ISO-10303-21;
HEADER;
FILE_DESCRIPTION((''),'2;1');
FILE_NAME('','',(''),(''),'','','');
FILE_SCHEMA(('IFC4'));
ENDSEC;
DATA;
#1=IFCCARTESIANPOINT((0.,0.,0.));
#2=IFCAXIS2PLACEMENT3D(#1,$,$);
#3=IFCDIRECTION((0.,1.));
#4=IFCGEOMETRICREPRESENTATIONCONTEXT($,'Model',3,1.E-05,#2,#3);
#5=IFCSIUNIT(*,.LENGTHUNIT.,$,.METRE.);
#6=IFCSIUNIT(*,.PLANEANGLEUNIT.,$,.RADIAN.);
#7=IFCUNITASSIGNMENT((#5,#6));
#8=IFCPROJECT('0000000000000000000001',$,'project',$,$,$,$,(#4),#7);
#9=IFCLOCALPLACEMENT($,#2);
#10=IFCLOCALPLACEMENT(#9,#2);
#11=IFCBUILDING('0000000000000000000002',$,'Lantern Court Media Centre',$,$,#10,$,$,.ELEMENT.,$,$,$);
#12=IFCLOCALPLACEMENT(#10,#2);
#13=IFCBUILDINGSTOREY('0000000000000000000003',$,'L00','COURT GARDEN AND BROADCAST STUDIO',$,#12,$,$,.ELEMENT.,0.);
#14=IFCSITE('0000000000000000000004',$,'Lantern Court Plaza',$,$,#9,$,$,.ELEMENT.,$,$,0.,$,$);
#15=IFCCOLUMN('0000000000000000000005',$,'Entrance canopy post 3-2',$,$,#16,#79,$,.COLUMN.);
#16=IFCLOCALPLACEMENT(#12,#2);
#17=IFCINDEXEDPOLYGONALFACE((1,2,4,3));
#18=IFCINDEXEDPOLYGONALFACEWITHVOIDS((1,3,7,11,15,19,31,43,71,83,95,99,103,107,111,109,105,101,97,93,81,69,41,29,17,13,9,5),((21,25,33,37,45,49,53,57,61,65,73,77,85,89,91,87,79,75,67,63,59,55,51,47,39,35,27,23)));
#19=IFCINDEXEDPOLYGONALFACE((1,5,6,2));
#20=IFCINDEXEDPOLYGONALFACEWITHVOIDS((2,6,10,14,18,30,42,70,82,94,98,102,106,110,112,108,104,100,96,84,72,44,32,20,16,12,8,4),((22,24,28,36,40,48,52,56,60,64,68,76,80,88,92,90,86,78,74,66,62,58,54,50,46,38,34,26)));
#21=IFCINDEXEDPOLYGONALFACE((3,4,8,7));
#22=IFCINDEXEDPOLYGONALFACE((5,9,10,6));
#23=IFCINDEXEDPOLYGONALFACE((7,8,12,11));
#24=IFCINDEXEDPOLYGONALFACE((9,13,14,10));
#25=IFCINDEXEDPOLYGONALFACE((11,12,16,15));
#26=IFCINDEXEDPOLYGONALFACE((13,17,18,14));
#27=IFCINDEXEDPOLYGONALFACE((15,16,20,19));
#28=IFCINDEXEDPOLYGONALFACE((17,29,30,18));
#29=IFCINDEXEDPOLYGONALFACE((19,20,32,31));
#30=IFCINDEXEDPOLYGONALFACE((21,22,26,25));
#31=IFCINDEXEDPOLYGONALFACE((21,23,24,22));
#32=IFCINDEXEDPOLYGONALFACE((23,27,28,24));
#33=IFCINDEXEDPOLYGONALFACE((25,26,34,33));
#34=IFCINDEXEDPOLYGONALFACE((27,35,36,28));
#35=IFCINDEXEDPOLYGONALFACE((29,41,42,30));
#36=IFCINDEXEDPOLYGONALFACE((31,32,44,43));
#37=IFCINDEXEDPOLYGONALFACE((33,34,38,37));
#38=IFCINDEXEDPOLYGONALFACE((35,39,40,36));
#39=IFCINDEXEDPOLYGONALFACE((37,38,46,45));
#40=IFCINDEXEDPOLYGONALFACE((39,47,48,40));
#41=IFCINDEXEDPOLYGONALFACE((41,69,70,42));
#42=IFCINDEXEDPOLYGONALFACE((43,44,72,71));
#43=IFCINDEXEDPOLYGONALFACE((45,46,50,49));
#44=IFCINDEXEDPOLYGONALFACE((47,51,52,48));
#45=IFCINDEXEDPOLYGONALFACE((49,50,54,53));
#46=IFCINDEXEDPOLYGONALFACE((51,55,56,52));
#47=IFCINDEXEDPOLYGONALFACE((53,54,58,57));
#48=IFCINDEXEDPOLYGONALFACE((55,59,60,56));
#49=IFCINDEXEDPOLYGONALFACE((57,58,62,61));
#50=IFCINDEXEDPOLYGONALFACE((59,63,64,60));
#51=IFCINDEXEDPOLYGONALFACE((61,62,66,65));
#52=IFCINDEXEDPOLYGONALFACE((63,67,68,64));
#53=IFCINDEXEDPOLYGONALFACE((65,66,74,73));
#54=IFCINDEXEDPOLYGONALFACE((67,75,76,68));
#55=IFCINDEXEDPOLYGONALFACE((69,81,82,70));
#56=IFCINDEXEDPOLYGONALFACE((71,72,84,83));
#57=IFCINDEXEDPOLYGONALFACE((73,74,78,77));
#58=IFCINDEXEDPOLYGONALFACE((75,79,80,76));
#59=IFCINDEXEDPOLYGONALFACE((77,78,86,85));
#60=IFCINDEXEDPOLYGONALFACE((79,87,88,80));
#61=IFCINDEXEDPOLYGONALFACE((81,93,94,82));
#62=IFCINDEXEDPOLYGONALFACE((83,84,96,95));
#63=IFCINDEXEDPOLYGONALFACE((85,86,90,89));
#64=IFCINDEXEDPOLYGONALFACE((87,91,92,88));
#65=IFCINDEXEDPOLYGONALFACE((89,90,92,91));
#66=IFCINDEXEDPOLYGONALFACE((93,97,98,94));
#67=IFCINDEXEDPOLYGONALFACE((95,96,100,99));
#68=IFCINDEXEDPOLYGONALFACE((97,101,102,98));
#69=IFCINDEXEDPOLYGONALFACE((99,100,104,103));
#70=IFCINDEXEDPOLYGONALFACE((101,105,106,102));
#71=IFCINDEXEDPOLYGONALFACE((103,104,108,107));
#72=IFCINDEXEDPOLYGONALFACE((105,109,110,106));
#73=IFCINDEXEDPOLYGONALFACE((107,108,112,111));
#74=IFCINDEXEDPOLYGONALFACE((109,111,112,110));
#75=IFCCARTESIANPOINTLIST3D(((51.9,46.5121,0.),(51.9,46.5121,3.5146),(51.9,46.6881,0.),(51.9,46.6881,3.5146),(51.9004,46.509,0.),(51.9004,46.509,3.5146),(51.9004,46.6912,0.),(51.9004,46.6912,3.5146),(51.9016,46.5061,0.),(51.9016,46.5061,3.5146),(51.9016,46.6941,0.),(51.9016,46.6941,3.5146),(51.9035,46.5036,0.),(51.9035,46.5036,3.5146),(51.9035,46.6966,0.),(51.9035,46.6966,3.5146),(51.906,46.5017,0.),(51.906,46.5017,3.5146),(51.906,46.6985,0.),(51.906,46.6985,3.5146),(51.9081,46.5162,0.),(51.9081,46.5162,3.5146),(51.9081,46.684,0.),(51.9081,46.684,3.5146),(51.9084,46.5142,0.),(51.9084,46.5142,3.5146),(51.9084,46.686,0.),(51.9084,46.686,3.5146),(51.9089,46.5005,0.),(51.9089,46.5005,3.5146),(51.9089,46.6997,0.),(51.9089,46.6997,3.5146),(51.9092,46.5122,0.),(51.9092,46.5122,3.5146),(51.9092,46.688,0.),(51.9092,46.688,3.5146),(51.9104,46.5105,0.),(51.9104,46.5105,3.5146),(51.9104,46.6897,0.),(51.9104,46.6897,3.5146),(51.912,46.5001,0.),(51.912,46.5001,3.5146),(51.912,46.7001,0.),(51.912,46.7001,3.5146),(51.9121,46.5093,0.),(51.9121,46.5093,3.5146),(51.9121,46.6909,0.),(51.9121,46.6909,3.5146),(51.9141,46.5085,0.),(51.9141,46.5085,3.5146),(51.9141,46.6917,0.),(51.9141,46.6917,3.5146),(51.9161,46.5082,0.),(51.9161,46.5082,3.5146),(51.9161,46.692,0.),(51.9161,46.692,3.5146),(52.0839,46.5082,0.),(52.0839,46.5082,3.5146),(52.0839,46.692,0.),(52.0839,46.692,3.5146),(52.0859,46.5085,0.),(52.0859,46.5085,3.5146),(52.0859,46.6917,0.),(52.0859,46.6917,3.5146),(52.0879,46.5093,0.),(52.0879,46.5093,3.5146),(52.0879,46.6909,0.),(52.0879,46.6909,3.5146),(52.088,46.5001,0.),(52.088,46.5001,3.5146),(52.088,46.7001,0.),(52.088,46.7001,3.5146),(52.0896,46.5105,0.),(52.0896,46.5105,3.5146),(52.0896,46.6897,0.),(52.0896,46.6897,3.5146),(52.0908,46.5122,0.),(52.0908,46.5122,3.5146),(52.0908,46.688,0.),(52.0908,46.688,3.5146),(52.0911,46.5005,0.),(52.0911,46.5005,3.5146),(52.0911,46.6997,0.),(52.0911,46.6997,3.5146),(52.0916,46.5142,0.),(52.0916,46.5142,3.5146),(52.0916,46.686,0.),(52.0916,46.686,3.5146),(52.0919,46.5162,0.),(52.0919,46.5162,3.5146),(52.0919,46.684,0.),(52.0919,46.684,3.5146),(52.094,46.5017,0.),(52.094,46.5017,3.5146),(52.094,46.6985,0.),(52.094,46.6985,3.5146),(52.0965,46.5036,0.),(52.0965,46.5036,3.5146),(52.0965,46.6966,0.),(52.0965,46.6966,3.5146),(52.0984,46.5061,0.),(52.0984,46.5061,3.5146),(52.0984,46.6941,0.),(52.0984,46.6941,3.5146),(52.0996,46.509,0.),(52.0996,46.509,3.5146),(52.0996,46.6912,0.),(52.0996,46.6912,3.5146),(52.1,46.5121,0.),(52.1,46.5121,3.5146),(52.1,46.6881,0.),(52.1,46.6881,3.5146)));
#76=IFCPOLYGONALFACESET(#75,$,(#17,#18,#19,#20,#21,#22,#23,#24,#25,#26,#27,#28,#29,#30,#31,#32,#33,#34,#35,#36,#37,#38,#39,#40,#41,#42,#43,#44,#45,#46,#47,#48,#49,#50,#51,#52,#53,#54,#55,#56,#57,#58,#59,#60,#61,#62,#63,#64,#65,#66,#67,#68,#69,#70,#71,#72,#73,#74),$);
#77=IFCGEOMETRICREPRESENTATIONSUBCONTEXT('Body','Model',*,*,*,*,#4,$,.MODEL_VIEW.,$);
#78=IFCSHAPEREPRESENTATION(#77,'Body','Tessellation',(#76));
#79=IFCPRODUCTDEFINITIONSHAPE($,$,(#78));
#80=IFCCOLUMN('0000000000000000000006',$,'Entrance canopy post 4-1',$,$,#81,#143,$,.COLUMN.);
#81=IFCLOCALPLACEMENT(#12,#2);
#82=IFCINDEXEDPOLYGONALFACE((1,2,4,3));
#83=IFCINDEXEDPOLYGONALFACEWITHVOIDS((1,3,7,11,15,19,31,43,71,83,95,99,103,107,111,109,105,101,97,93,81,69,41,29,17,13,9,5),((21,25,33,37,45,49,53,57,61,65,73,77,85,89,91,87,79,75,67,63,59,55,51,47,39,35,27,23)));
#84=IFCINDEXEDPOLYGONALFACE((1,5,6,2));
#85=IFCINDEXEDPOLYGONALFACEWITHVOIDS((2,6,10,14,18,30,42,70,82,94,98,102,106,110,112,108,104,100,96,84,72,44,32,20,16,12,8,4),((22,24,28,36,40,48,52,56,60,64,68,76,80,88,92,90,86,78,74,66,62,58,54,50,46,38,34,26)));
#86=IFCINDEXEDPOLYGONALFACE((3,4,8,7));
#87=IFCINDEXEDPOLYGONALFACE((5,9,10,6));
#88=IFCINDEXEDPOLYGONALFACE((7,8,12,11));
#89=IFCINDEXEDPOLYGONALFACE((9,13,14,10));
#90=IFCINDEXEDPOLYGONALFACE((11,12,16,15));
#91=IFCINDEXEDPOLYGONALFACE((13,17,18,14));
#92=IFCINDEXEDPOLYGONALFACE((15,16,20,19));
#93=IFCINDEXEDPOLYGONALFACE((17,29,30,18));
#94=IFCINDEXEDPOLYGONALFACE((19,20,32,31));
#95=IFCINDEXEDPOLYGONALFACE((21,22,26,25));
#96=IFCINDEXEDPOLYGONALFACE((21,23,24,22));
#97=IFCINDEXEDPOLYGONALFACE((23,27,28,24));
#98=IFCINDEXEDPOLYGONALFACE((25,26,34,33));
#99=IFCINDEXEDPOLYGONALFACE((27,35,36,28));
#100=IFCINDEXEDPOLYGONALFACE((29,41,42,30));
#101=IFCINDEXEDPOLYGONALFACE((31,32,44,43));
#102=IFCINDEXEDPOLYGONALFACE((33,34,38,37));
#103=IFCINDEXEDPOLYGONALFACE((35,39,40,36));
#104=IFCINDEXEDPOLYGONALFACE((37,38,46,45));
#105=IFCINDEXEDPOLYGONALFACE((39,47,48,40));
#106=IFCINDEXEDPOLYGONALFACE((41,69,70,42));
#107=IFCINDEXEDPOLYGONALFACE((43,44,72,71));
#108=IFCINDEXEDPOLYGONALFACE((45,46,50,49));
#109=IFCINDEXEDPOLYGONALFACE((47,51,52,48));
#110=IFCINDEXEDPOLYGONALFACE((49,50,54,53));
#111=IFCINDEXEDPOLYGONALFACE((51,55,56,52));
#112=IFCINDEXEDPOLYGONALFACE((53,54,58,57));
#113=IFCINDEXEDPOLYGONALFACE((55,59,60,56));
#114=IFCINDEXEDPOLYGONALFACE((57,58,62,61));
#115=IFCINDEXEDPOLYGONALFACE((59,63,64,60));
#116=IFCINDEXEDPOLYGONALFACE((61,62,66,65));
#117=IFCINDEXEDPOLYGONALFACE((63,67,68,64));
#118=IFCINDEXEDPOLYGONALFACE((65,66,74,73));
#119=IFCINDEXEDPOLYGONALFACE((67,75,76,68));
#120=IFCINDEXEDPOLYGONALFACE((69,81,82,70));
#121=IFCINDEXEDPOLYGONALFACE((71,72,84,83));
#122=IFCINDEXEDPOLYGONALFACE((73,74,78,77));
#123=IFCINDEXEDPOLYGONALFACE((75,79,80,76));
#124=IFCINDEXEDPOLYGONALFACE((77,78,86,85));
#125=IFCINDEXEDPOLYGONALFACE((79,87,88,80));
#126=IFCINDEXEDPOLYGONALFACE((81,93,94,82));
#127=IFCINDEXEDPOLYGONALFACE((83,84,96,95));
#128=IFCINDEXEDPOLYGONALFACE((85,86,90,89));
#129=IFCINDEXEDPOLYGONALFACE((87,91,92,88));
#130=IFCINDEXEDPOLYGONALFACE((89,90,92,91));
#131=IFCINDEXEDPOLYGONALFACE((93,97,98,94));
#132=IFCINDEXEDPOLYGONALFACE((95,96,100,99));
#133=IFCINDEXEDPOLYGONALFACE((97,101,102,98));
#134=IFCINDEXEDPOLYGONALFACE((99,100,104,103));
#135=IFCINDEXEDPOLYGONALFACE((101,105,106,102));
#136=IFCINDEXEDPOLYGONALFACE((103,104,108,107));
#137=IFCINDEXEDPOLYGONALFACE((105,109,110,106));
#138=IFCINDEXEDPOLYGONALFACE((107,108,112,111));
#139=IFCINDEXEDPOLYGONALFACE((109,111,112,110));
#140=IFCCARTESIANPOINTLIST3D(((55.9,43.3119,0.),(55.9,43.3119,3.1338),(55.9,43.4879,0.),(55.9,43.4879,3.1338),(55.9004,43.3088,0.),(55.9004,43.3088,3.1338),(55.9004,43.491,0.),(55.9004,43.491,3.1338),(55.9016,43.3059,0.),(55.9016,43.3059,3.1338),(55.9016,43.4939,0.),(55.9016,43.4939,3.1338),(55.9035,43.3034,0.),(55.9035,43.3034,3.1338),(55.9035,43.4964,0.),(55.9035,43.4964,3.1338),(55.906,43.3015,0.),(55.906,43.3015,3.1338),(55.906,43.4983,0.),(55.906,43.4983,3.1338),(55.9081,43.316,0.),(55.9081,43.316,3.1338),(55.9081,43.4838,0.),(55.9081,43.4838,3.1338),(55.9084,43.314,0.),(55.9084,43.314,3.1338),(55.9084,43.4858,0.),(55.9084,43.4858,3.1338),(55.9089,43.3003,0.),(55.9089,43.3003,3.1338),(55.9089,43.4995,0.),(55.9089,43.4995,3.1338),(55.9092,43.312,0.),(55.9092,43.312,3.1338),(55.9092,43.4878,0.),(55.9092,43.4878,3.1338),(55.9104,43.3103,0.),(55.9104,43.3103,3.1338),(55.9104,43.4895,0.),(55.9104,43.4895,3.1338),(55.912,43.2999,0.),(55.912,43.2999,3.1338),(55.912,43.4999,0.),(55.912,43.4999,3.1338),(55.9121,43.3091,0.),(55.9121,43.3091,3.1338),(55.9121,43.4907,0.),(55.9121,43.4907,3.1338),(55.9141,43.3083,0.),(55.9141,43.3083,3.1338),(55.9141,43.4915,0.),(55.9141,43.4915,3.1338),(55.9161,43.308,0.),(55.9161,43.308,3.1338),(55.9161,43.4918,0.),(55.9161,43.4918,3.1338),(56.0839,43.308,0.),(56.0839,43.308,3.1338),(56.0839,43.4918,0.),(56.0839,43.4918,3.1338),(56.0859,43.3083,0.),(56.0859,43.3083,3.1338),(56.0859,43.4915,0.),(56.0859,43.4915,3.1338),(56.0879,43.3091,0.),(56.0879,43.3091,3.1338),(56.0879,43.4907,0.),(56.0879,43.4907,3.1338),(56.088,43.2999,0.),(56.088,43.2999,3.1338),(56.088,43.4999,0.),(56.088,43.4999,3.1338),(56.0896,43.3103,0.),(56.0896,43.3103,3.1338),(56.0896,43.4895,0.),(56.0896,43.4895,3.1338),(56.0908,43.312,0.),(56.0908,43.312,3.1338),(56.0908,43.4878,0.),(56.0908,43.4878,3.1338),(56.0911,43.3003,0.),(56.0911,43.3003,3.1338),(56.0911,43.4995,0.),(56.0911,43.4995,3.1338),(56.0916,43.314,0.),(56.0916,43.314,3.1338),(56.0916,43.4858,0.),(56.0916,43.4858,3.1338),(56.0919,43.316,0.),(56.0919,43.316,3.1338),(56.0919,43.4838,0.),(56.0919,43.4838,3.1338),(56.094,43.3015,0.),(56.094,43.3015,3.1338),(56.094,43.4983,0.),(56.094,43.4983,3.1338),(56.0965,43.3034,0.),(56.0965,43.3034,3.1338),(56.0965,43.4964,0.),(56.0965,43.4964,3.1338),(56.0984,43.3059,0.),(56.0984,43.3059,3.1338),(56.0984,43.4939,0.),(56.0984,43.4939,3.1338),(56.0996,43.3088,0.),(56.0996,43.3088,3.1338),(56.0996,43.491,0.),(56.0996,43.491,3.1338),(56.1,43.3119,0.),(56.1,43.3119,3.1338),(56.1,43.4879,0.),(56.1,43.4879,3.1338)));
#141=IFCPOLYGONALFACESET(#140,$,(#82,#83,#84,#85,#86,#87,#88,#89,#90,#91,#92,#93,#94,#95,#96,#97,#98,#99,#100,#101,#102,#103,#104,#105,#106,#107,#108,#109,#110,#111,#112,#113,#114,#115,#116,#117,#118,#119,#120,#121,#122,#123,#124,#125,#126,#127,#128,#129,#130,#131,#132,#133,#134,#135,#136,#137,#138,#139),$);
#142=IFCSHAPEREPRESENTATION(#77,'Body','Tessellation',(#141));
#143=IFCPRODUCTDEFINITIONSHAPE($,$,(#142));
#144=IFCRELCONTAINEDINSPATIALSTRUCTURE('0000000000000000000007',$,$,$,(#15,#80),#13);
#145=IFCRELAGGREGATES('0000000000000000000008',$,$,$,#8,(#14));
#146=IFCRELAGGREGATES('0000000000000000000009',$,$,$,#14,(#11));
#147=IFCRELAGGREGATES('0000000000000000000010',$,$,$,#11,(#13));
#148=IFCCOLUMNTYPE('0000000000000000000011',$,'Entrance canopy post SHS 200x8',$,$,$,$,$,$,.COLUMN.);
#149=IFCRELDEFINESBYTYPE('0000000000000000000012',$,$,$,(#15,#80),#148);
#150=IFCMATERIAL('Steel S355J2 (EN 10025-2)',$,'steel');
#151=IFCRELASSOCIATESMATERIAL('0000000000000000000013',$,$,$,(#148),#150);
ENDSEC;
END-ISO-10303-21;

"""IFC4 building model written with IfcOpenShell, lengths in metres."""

from ifc_helpers import new_model, si_unit, direction, frame, origin, origin_2d, place, context, subcontext, project, spatial, hollow_rectangle, extrude, material, material_profile, profile_set, type_object, element, save


model = new_model("IFC4")

# Units and contexts
model_context = context("Model", 3, precision=1e-05, world=origin(), true_north=direction((0.0, 1.0)))
body_context = subcontext(model_context, "Body", "Model", "MODEL_VIEW")
ifc_project = project(units=[si_unit("LENGTHUNIT", "METRE"), si_unit("PLANEANGLEUNIT", "RADIAN")], contexts=[model_context])

# Site, building, storey
site_placement = place(None, origin())
site = spatial("IfcSite", under=ifc_project, at=site_placement, Name="Lantern Court Plaza", CompositionType="ELEMENT", RefElevation=0.0)
building_placement = place(site_placement, origin())
building = spatial("IfcBuilding", under=site, at=building_placement, Name="Lantern Court Media Centre", CompositionType="ELEMENT")
storey_placement = place(building_placement, origin())
storey = spatial("IfcBuildingStorey", under=building, at=storey_placement, Name="L00", Description="COURT GARDEN AND BROADCAST STUDIO", CompositionType="ELEMENT", Elevation=0.0)

# Columns
ifc_material_1 = material(Name="Steel S355J2 (EN 10025-2)", Category="steel")
ifc_material_profile_1 = material_profile(ifc_material_1, hollow_rectangle(XDim=0.2, YDim=0.2, WallThickness=0.0081, InnerFilletRadius=0.0081, OuterFilletRadius=0.012, at=origin_2d()), Name="Entrance canopy post SHS 200x8")
ifc_profile_set_1 = profile_set([ifc_material_profile_1], Name="Steel S355J2 (EN 10025-2)")
column_type = type_object("IfcColumnType", Name="Entrance canopy post SHS 200x8", PredefinedType="COLUMN", material=ifc_profile_set_1)
column_1_placement = place(storey_placement, frame((52.0, 46.6001, 0.0), z_axis=(0.0, 0.0, 1.0), x_axis=(1.0, 0.0, 0.0)))
element("IfcColumn", 1, at=column_1_placement, inside=storey, type_object=column_type, Name="Entrance canopy post 3-2", PredefinedType="COLUMN", context=body_context, shape_type="SweptSolid", body=[
    extrude(hollow_rectangle(XDim=0.2, YDim=0.2, WallThickness=0.0081, InnerFilletRadius=0.0081, OuterFilletRadius=0.012, at=origin_2d()), origin(), (0.0, 0.0, 1.0), 3.5146),
])
column_2_placement = place(storey_placement, frame((56.0, 43.3999, 0.0), z_axis=(0.0, 0.0, 1.0), x_axis=(1.0, 0.0, 0.0)))
element("IfcColumn", 2, at=column_2_placement, inside=storey, type_object=column_type, Name="Entrance canopy post 4-1", PredefinedType="COLUMN", context=body_context, shape_type="SweptSolid", body=[
    extrude(hollow_rectangle(XDim=0.2, YDim=0.2, WallThickness=0.0081, InnerFilletRadius=0.0081, OuterFilletRadius=0.012, at=origin_2d()), origin(), (0.0, 0.0, 1.0), 3.1338),
])

save(model, "model.ifc")
